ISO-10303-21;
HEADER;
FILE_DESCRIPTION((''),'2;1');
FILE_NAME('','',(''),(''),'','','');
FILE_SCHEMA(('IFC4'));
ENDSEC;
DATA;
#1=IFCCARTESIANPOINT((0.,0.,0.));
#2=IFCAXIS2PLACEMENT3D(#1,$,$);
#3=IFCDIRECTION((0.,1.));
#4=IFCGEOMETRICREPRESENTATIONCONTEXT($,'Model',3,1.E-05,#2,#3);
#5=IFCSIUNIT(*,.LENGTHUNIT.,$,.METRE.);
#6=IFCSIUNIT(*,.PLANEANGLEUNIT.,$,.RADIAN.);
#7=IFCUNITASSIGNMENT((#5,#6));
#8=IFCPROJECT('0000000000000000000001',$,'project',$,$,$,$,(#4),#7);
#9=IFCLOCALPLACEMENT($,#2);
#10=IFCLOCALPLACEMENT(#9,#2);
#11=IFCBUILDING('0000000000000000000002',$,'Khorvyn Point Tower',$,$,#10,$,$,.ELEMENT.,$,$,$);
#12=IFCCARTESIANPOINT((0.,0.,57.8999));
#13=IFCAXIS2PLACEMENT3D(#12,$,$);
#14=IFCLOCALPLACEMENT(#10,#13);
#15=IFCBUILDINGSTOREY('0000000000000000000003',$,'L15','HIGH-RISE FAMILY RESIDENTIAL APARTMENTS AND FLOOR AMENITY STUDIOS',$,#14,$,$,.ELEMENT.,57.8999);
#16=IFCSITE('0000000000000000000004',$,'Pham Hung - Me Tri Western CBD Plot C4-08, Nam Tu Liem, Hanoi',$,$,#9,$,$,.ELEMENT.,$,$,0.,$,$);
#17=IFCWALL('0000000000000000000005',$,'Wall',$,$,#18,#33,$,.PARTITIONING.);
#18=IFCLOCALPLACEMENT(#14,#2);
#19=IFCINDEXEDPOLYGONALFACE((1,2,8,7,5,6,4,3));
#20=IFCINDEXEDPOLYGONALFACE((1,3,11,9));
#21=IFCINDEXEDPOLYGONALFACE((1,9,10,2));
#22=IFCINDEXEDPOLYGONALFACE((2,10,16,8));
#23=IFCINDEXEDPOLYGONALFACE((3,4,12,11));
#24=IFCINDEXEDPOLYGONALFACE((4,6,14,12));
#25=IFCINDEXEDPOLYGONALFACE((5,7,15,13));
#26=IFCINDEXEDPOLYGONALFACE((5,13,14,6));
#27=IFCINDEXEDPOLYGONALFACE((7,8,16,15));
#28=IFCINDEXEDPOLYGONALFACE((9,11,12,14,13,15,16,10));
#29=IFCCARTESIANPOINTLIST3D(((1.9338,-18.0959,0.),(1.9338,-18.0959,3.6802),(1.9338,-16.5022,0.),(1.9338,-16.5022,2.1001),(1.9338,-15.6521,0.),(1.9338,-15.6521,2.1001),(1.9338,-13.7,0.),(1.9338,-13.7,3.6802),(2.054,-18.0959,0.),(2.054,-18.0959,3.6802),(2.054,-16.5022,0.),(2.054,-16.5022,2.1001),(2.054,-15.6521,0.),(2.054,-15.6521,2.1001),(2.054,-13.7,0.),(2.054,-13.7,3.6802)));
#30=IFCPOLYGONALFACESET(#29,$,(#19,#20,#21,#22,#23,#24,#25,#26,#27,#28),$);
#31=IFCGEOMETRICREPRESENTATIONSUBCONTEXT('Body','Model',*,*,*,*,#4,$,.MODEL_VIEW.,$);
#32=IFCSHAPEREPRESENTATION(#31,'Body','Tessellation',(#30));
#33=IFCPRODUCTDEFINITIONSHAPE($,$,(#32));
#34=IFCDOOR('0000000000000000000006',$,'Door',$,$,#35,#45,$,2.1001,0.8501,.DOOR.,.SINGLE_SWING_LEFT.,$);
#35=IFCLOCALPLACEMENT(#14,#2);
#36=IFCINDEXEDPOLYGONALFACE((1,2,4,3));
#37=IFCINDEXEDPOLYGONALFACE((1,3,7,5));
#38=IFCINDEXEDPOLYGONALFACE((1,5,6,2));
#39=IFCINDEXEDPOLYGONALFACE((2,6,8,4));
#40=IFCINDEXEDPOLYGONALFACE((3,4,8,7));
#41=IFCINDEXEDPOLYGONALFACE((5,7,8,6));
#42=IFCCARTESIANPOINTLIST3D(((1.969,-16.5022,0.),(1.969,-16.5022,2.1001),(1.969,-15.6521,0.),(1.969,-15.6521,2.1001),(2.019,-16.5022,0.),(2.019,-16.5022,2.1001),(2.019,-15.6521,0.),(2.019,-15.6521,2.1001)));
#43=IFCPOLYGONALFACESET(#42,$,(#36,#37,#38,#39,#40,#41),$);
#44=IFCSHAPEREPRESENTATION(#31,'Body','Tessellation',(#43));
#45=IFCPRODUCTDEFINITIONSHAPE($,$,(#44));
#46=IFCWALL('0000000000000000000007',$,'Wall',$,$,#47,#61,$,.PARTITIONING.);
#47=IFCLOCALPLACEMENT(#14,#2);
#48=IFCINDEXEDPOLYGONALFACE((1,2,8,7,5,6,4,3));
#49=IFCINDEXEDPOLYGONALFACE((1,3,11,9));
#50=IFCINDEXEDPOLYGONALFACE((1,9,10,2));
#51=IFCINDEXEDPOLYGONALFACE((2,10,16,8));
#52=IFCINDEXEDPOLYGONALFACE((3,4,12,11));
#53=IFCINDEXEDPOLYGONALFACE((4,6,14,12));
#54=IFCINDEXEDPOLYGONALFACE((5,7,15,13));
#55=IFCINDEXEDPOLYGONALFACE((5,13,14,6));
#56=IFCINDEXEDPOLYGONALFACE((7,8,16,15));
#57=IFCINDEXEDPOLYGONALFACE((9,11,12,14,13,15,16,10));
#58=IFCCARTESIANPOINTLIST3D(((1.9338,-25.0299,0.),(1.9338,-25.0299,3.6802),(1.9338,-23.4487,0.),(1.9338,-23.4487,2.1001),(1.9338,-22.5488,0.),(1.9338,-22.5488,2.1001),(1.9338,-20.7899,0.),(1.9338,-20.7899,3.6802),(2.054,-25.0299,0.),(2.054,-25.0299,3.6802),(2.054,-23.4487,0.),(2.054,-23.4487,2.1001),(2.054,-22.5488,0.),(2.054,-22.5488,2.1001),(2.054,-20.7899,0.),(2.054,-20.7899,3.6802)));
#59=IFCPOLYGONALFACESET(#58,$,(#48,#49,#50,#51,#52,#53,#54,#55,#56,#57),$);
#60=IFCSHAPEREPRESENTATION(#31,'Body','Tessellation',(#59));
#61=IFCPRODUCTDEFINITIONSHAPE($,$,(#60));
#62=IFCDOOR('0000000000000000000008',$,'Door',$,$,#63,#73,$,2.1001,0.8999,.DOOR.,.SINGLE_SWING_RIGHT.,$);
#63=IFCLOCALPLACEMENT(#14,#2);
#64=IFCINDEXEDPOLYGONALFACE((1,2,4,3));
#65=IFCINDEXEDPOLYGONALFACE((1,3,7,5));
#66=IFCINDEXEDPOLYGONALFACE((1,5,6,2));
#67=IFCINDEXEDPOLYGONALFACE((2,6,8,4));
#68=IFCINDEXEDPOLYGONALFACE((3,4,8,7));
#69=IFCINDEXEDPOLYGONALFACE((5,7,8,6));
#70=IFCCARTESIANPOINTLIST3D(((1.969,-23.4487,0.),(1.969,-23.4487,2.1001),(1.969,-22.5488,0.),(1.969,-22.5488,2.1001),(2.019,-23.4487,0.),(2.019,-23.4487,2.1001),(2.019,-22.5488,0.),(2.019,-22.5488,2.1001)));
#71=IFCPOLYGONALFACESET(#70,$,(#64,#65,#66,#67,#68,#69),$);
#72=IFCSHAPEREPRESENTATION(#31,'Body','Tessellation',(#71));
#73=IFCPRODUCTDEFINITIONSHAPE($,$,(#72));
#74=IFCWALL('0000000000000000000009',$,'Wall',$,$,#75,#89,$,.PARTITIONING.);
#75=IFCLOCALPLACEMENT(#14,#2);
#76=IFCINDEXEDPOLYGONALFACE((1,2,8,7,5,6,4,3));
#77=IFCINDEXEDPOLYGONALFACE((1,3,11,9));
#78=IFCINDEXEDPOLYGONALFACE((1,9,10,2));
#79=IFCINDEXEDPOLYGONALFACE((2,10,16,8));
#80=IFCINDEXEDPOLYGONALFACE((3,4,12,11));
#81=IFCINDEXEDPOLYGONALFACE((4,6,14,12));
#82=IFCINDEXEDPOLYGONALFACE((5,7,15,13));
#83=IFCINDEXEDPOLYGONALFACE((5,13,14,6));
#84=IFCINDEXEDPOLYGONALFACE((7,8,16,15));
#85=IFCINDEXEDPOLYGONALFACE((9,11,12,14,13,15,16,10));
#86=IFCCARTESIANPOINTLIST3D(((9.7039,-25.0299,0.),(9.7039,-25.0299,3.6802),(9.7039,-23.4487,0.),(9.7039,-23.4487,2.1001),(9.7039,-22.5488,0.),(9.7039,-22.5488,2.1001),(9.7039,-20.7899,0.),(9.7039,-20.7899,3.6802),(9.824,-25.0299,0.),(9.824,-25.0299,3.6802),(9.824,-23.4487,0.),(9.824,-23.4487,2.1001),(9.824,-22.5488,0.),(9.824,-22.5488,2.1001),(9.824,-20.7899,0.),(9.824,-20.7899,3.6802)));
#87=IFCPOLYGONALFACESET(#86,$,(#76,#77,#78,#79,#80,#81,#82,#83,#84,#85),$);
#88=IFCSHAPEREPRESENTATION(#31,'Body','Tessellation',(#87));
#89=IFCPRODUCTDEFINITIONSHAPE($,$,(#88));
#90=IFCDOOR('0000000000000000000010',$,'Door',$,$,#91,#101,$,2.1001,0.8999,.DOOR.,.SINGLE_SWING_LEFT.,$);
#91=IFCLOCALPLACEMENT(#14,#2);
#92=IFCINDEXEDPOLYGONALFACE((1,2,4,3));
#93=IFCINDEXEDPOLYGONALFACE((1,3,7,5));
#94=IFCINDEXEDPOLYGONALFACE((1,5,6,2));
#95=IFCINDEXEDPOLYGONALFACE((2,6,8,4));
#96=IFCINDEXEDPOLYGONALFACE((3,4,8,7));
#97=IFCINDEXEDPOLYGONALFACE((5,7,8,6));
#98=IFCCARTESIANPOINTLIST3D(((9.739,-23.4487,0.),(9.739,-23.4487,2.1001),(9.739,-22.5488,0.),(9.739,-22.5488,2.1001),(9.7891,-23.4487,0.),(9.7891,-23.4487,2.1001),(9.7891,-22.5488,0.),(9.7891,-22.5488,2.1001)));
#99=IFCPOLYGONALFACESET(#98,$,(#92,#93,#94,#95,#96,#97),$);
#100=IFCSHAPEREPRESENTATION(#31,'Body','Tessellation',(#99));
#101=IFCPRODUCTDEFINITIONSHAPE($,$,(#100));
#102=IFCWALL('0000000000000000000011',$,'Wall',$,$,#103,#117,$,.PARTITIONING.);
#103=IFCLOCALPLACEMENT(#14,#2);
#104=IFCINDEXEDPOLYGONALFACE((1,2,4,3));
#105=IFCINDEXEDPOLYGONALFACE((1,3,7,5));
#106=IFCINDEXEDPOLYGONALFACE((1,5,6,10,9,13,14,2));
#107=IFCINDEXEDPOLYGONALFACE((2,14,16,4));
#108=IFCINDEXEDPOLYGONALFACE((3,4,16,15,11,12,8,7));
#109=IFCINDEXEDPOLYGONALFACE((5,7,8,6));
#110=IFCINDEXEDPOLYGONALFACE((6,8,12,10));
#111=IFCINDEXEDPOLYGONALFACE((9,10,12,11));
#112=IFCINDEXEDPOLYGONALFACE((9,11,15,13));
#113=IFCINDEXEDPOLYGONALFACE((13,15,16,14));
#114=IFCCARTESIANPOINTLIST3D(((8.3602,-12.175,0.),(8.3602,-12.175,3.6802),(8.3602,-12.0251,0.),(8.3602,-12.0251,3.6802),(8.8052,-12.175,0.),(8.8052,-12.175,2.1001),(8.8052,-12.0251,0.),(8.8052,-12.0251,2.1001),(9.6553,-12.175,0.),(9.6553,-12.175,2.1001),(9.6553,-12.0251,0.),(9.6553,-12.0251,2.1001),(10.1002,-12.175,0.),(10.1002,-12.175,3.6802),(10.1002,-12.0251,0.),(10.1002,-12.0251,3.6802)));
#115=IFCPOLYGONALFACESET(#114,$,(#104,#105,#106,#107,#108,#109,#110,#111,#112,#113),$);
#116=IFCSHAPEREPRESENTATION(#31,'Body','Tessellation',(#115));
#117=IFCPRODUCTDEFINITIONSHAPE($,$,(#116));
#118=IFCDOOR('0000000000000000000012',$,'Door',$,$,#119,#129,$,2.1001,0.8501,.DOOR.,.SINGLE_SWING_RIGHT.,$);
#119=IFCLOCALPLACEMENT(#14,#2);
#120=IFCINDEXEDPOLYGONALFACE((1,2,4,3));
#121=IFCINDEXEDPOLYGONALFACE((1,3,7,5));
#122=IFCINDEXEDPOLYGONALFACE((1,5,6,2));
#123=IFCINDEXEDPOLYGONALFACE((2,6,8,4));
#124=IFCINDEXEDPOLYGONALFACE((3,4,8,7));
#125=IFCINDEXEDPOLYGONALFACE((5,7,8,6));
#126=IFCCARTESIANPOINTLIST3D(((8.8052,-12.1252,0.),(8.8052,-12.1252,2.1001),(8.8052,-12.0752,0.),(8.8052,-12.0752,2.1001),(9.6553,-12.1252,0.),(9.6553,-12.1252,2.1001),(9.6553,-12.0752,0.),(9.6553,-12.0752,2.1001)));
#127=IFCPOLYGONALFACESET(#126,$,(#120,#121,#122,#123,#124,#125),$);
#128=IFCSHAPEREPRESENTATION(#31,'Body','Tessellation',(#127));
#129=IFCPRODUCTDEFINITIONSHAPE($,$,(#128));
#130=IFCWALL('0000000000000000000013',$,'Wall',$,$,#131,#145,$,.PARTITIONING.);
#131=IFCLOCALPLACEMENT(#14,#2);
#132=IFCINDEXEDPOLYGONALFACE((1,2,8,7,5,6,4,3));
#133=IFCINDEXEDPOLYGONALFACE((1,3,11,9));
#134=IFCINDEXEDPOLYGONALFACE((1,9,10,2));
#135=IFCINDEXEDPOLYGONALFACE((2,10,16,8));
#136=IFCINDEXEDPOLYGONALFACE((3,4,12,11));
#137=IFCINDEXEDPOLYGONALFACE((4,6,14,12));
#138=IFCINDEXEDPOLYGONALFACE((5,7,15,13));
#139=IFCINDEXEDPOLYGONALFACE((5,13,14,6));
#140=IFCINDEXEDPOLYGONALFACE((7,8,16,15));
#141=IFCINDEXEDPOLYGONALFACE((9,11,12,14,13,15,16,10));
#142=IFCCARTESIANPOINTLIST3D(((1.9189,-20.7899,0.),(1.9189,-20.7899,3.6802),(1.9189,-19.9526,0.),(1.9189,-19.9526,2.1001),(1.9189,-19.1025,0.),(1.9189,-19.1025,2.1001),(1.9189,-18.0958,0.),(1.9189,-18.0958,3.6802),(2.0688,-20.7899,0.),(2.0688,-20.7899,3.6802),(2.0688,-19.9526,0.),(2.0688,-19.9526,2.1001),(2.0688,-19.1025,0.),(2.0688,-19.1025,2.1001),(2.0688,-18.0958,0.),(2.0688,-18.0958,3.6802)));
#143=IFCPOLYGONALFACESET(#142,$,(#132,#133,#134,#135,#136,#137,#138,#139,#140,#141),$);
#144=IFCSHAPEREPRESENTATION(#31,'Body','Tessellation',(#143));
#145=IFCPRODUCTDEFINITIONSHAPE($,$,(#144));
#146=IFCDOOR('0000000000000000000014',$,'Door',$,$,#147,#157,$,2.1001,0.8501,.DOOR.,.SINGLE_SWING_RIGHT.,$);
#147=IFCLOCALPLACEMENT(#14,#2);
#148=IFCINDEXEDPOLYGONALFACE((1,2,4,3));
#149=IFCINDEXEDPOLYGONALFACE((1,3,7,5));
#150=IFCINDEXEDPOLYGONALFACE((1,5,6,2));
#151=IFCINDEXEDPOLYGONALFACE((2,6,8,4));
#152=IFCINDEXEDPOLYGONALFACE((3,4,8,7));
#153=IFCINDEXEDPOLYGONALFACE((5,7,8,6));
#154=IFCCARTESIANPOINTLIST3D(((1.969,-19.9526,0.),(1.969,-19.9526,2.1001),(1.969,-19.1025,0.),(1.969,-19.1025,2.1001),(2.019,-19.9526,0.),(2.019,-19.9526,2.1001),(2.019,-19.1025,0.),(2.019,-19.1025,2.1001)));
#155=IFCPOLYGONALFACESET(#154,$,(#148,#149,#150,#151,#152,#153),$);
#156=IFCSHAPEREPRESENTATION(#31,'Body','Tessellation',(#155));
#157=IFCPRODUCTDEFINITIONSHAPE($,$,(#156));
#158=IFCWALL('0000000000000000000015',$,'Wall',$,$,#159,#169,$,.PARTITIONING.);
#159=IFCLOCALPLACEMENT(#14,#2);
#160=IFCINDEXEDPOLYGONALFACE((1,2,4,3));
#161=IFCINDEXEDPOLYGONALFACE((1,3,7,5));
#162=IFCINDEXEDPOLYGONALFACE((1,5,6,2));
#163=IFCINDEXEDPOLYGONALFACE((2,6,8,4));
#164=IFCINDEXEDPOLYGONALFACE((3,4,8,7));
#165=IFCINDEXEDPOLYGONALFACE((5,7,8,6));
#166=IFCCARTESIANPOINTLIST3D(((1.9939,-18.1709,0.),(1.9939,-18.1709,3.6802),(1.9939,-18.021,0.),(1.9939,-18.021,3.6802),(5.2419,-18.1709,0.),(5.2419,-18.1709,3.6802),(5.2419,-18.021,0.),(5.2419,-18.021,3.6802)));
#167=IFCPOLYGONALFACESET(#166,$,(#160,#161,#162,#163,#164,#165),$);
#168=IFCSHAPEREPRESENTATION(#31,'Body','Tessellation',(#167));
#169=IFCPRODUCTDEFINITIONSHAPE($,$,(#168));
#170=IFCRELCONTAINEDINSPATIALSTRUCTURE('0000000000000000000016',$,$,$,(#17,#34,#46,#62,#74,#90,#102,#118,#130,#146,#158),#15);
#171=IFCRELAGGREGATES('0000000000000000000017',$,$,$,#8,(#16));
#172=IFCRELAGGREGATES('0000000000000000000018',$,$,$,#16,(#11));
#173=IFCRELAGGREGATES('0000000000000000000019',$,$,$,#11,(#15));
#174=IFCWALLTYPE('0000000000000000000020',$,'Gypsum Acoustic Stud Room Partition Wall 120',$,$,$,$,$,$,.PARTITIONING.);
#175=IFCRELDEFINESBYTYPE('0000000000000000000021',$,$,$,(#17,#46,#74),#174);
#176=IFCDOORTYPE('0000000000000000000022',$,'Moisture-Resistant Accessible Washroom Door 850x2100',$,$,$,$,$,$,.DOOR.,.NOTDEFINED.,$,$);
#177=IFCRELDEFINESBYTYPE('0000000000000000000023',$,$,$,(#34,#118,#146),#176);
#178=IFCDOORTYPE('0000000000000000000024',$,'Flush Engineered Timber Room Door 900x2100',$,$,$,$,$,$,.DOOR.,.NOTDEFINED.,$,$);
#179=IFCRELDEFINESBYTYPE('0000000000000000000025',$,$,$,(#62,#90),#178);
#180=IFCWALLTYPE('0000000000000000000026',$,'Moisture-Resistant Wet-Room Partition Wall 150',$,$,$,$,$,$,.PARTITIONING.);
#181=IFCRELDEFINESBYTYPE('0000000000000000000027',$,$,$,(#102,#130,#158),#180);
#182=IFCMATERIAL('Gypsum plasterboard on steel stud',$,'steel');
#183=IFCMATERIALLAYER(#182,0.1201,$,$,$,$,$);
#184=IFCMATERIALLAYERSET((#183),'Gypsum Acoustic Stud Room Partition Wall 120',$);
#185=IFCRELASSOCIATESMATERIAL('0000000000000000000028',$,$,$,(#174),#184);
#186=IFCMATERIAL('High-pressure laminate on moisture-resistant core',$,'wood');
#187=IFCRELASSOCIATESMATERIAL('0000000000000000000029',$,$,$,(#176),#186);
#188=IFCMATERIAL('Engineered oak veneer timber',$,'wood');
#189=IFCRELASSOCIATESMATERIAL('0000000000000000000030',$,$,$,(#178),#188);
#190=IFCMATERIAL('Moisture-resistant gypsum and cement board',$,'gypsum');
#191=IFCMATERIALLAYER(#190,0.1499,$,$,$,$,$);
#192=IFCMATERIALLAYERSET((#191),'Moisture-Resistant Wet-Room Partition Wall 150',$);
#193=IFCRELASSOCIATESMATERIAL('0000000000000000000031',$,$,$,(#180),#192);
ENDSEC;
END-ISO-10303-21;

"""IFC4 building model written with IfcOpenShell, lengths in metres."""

from ifc_helpers import new_model, si_unit, direction, frame, frame_2d, origin, place, context, subcontext, project, spatial, rectangle, extrude, material, layer, layer_set, type_object, element, fill, save


model = new_model("IFC4")

# Units and contexts
model_context = context("Model", 3, precision=1e-05, world=origin(), true_north=direction((0.0, 1.0)))
body_context = subcontext(model_context, "Body", "Model", "MODEL_VIEW")
ifc_project = project(units=[si_unit("LENGTHUNIT", "METRE"), si_unit("PLANEANGLEUNIT", "RADIAN")], contexts=[model_context])

# Site, building, storey
site_placement = place(None, origin())
site = spatial("IfcSite", under=ifc_project, at=site_placement, Name="Pham Hung - Me Tri Western CBD Plot C4-08, Nam Tu Liem, Hanoi", CompositionType="ELEMENT", RefElevation=0.0)
building_placement = place(site_placement, origin())
building = spatial("IfcBuilding", under=site, at=building_placement, Name="Khorvyn Point Tower", CompositionType="ELEMENT")
storey_placement = place(building_placement, frame((0.0, 0.0, 57.8999)))
storey = spatial("IfcBuildingStorey", under=building, at=storey_placement, Name="L15", Description="HIGH-RISE FAMILY RESIDENTIAL APARTMENTS AND FLOOR AMENITY STUDIOS", CompositionType="ELEMENT", Elevation=57.8999)

# Walls, openings, doors
ifc_material_1 = material(Name="Gypsum plasterboard on steel stud", Category="steel")
ifc_layer_1 = layer(ifc_material_1, 0.1201)
ifc_layer_set_1 = layer_set([ifc_layer_1], Name="Gypsum Acoustic Stud Room Partition Wall 120")
wall_type_1 = type_object("IfcWallType", Name="Gypsum Acoustic Stud Room Partition Wall 120", PredefinedType="PARTITIONING", material=ifc_layer_set_1)
wall_1_placement = place(storey_placement, frame((1.9939, -18.0959, 0.0), z_axis=(0.0, 0.0, 1.0), x_axis=(0.0, 1.0, 0.0)))
wall_1 = element("IfcWall", 1, at=wall_1_placement, inside=storey, type_object=wall_type_1, Name="Wall", PredefinedType="PARTITIONING", context=body_context, shape_type="SweptSolid", body=[
    extrude(rectangle(XDim=4.396, YDim=0.1201, at=frame_2d((2.198, 0.0))), origin(), (0.0, 0.0, 1.0), 3.6802),
])
opening_1_placement = place(wall_1_placement, frame((1.5938, 0.0, 0.0)))
opening_1 = element("IfcOpeningElement", 2, at=opening_1_placement, cuts=wall_1, PredefinedType="OPENING", context=body_context, shape_type="SweptSolid", body=[
    extrude(rectangle(XDim=0.8501, YDim=2.1001, at=frame_2d((0.425, 1.05))), frame((0.0, 0.0701, 0.0), z_axis=(0.0, -1.0, 0.0), x_axis=(1.0, 0.0, 0.0)), (0.0, 0.0, 1.0), 0.1401),
])
ifc_material_2 = material(Name="High-pressure laminate on moisture-resistant core", Category="wood")
door_type_1 = type_object("IfcDoorType", Name="Moisture-Resistant Accessible Washroom Door 850x2100", OperationType="NOTDEFINED", PredefinedType="DOOR", material=ifc_material_2)
door_1_placement = place(opening_1_placement, origin())
door_1 = element("IfcDoor", 3, at=door_1_placement, inside=storey, type_object=door_type_1, Name="Door", OperationType="SINGLE_SWING_LEFT", OverallHeight=2.1001, OverallWidth=0.8501, PredefinedType="DOOR", context=body_context, shape_type="SweptSolid", body=[
    extrude(rectangle(XDim=0.8501, YDim=2.1001, at=frame_2d((0.425, 1.05))), frame((0.0, 0.0249, 0.0), z_axis=(0.0, -1.0, 0.0), x_axis=(1.0, 0.0, 0.0)), (0.0, 0.0, 1.0), 0.05),
])
fill(opening_1, door_1)
wall_2_placement = place(storey_placement, frame((1.9939, -25.03, 0.0), z_axis=(0.0, 0.0, 1.0), x_axis=(0.0, 1.0, 0.0)))
wall_2 = element("IfcWall", 4, at=wall_2_placement, inside=storey, type_object=wall_type_1, Name="Wall", PredefinedType="PARTITIONING", context=body_context, shape_type="SweptSolid", body=[
    extrude(rectangle(XDim=4.24, YDim=0.1201, at=frame_2d((2.1201, 0.0))), origin(), (0.0, 0.0, 1.0), 3.6802),
])
opening_2_placement = place(wall_2_placement, frame((1.5813, 0.0, 0.0)))
opening_2 = element("IfcOpeningElement", 5, at=opening_2_placement, cuts=wall_2, PredefinedType="OPENING", context=body_context, shape_type="SweptSolid", body=[
    extrude(rectangle(XDim=0.8999, YDim=2.1001, at=frame_2d((0.45, 1.05))), frame((0.0, 0.0701, 0.0), z_axis=(0.0, -1.0, 0.0), x_axis=(1.0, 0.0, 0.0)), (0.0, 0.0, 1.0), 0.1401),
])
ifc_material_3 = material(Name="Engineered oak veneer timber", Category="wood")
door_type_2 = type_object("IfcDoorType", Name="Flush Engineered Timber Room Door 900x2100", OperationType="NOTDEFINED", PredefinedType="DOOR", material=ifc_material_3)
door_2_placement = place(opening_2_placement, origin())
door_2 = element("IfcDoor", 6, at=door_2_placement, inside=storey, type_object=door_type_2, Name="Door", OperationType="SINGLE_SWING_RIGHT", OverallHeight=2.1001, OverallWidth=0.8999, PredefinedType="DOOR", context=body_context, shape_type="SweptSolid", body=[
    extrude(rectangle(XDim=0.8999, YDim=2.1001, at=frame_2d((0.45, 1.05))), frame((0.0, 0.0249, 0.0), z_axis=(0.0, -1.0, 0.0), x_axis=(1.0, 0.0, 0.0)), (0.0, 0.0, 1.0), 0.05),
])
fill(opening_2, door_2)
wall_3_placement = place(storey_placement, frame((9.7639, -25.03, 0.0), z_axis=(0.0, 0.0, 1.0), x_axis=(0.0, 1.0, 0.0)))
wall_3 = element("IfcWall", 7, at=wall_3_placement, inside=storey, type_object=wall_type_1, Name="Wall", PredefinedType="PARTITIONING", context=body_context, shape_type="SweptSolid", body=[
    extrude(rectangle(XDim=4.24, YDim=0.1201, at=frame_2d((2.1201, 0.0))), origin(), (0.0, 0.0, 1.0), 3.6802),
])
opening_3_placement = place(wall_3_placement, frame((1.5813, 0.0, 0.0)))
opening_3 = element("IfcOpeningElement", 8, at=opening_3_placement, cuts=wall_3, PredefinedType="OPENING", context=body_context, shape_type="SweptSolid", body=[
    extrude(rectangle(XDim=0.8999, YDim=2.1001, at=frame_2d((0.45, 1.05))), frame((0.0, 0.0701, 0.0), z_axis=(0.0, -1.0, 0.0), x_axis=(1.0, 0.0, 0.0)), (0.0, 0.0, 1.0), 0.1401),
])
door_3_placement = place(opening_3_placement, origin())
door_3 = element("IfcDoor", 9, at=door_3_placement, inside=storey, type_object=door_type_2, Name="Door", OperationType="SINGLE_SWING_LEFT", OverallHeight=2.1001, OverallWidth=0.8999, PredefinedType="DOOR", context=body_context, shape_type="SweptSolid", body=[
    extrude(rectangle(XDim=0.8999, YDim=2.1001, at=frame_2d((0.45, 1.05))), frame((0.0, 0.0249, 0.0), z_axis=(0.0, -1.0, 0.0), x_axis=(1.0, 0.0, 0.0)), (0.0, 0.0, 1.0), 0.05),
])
fill(opening_3, door_3)
ifc_material_4 = material(Name="Moisture-resistant gypsum and cement board", Category="gypsum")
ifc_layer_2 = layer(ifc_material_4, 0.1499)
ifc_layer_set_2 = layer_set([ifc_layer_2], Name="Moisture-Resistant Wet-Room Partition Wall 150")
wall_type_2 = type_object("IfcWallType", Name="Moisture-Resistant Wet-Room Partition Wall 150", PredefinedType="PARTITIONING", material=ifc_layer_set_2)
wall_4_placement = place(storey_placement, frame((8.3601, -12.1001, 0.0), z_axis=(0.0, 0.0, 1.0), x_axis=(1.0, 0.0, 0.0)))
wall_4 = element("IfcWall", 10, at=wall_4_placement, inside=storey, type_object=wall_type_2, Name="Wall", PredefinedType="PARTITIONING", context=body_context, shape_type="SweptSolid", body=[
    extrude(rectangle(XDim=1.74, YDim=0.1499, at=frame_2d((0.8701, 0.0))), origin(), (0.0, 0.0, 1.0), 3.6802),
])
opening_4_placement = place(wall_4_placement, frame((0.4451, 0.0, 0.0)))
opening_4 = element("IfcOpeningElement", 11, at=opening_4_placement, cuts=wall_4, PredefinedType="OPENING", context=body_context, shape_type="SweptSolid", body=[
    extrude(rectangle(XDim=0.8501, YDim=2.1001, at=frame_2d((0.425, 1.05))), frame((0.0, 0.085, 0.0), z_axis=(0.0, -1.0, 0.0), x_axis=(1.0, 0.0, 0.0)), (0.0, 0.0, 1.0), 0.1699),
])
door_4_placement = place(opening_4_placement, origin())
door_4 = element("IfcDoor", 12, at=door_4_placement, inside=storey, type_object=door_type_1, Name="Door", OperationType="SINGLE_SWING_RIGHT", OverallHeight=2.1001, OverallWidth=0.8501, PredefinedType="DOOR", context=body_context, shape_type="SweptSolid", body=[
    extrude(rectangle(XDim=0.8501, YDim=2.1001, at=frame_2d((0.425, 1.05))), frame((0.0, 0.0249, 0.0), z_axis=(0.0, -1.0, 0.0), x_axis=(1.0, 0.0, 0.0)), (0.0, 0.0, 1.0), 0.05),
])
fill(opening_4, door_4)
wall_5_placement = place(storey_placement, frame((1.9939, -20.79, 0.0), z_axis=(0.0, 0.0, 1.0), x_axis=(0.0, 1.0, 0.0)))
wall_5 = element("IfcWall", 13, at=wall_5_placement, inside=storey, type_object=wall_type_2, Name="Wall", PredefinedType="PARTITIONING", context=body_context, shape_type="SweptSolid", body=[
    extrude(rectangle(XDim=2.6941, YDim=0.1499, at=frame_2d((1.3472, 0.0))), origin(), (0.0, 0.0, 1.0), 3.6802),
])
opening_5_placement = place(wall_5_placement, frame((0.8374, 0.0, 0.0)))
opening_5 = element("IfcOpeningElement", 14, at=opening_5_placement, cuts=wall_5, PredefinedType="OPENING", context=body_context, shape_type="SweptSolid", body=[
    extrude(rectangle(XDim=0.8501, YDim=2.1001, at=frame_2d((0.425, 1.05))), frame((0.0, 0.085, 0.0), z_axis=(0.0, -1.0, 0.0), x_axis=(1.0, 0.0, 0.0)), (0.0, 0.0, 1.0), 0.1699),
])
door_5_placement = place(opening_5_placement, origin())
door_5 = element("IfcDoor", 15, at=door_5_placement, inside=storey, type_object=door_type_1, Name="Door", OperationType="SINGLE_SWING_RIGHT", OverallHeight=2.1001, OverallWidth=0.8501, PredefinedType="DOOR", context=body_context, shape_type="SweptSolid", body=[
    extrude(rectangle(XDim=0.8501, YDim=2.1001, at=frame_2d((0.425, 1.05))), frame((0.0, 0.0249, 0.0), z_axis=(0.0, -1.0, 0.0), x_axis=(1.0, 0.0, 0.0)), (0.0, 0.0, 1.0), 0.05),
])
fill(opening_5, door_5)

# Wall
for number, where, z_axis, x_axis, name in (
    (16, (1.9939, -18.0959, 0.0), (0.0, 0.0, 1.0), (1.0, 0.0, 0.0), "Wall"),
):
    element("IfcWall", number, at=place(storey_placement, frame(where, z_axis=z_axis, x_axis=x_axis)), inside=storey, type_object=wall_type_2, Name=name, PredefinedType="PARTITIONING", context=body_context, shape_type="SweptSolid", body=[
        extrude(rectangle(XDim=3.248, YDim=0.1499, at=frame_2d((1.624, 0.0))), origin(), (0.0, 0.0, 1.0), 3.6802),
    ])

save(model, "model.ifc")
